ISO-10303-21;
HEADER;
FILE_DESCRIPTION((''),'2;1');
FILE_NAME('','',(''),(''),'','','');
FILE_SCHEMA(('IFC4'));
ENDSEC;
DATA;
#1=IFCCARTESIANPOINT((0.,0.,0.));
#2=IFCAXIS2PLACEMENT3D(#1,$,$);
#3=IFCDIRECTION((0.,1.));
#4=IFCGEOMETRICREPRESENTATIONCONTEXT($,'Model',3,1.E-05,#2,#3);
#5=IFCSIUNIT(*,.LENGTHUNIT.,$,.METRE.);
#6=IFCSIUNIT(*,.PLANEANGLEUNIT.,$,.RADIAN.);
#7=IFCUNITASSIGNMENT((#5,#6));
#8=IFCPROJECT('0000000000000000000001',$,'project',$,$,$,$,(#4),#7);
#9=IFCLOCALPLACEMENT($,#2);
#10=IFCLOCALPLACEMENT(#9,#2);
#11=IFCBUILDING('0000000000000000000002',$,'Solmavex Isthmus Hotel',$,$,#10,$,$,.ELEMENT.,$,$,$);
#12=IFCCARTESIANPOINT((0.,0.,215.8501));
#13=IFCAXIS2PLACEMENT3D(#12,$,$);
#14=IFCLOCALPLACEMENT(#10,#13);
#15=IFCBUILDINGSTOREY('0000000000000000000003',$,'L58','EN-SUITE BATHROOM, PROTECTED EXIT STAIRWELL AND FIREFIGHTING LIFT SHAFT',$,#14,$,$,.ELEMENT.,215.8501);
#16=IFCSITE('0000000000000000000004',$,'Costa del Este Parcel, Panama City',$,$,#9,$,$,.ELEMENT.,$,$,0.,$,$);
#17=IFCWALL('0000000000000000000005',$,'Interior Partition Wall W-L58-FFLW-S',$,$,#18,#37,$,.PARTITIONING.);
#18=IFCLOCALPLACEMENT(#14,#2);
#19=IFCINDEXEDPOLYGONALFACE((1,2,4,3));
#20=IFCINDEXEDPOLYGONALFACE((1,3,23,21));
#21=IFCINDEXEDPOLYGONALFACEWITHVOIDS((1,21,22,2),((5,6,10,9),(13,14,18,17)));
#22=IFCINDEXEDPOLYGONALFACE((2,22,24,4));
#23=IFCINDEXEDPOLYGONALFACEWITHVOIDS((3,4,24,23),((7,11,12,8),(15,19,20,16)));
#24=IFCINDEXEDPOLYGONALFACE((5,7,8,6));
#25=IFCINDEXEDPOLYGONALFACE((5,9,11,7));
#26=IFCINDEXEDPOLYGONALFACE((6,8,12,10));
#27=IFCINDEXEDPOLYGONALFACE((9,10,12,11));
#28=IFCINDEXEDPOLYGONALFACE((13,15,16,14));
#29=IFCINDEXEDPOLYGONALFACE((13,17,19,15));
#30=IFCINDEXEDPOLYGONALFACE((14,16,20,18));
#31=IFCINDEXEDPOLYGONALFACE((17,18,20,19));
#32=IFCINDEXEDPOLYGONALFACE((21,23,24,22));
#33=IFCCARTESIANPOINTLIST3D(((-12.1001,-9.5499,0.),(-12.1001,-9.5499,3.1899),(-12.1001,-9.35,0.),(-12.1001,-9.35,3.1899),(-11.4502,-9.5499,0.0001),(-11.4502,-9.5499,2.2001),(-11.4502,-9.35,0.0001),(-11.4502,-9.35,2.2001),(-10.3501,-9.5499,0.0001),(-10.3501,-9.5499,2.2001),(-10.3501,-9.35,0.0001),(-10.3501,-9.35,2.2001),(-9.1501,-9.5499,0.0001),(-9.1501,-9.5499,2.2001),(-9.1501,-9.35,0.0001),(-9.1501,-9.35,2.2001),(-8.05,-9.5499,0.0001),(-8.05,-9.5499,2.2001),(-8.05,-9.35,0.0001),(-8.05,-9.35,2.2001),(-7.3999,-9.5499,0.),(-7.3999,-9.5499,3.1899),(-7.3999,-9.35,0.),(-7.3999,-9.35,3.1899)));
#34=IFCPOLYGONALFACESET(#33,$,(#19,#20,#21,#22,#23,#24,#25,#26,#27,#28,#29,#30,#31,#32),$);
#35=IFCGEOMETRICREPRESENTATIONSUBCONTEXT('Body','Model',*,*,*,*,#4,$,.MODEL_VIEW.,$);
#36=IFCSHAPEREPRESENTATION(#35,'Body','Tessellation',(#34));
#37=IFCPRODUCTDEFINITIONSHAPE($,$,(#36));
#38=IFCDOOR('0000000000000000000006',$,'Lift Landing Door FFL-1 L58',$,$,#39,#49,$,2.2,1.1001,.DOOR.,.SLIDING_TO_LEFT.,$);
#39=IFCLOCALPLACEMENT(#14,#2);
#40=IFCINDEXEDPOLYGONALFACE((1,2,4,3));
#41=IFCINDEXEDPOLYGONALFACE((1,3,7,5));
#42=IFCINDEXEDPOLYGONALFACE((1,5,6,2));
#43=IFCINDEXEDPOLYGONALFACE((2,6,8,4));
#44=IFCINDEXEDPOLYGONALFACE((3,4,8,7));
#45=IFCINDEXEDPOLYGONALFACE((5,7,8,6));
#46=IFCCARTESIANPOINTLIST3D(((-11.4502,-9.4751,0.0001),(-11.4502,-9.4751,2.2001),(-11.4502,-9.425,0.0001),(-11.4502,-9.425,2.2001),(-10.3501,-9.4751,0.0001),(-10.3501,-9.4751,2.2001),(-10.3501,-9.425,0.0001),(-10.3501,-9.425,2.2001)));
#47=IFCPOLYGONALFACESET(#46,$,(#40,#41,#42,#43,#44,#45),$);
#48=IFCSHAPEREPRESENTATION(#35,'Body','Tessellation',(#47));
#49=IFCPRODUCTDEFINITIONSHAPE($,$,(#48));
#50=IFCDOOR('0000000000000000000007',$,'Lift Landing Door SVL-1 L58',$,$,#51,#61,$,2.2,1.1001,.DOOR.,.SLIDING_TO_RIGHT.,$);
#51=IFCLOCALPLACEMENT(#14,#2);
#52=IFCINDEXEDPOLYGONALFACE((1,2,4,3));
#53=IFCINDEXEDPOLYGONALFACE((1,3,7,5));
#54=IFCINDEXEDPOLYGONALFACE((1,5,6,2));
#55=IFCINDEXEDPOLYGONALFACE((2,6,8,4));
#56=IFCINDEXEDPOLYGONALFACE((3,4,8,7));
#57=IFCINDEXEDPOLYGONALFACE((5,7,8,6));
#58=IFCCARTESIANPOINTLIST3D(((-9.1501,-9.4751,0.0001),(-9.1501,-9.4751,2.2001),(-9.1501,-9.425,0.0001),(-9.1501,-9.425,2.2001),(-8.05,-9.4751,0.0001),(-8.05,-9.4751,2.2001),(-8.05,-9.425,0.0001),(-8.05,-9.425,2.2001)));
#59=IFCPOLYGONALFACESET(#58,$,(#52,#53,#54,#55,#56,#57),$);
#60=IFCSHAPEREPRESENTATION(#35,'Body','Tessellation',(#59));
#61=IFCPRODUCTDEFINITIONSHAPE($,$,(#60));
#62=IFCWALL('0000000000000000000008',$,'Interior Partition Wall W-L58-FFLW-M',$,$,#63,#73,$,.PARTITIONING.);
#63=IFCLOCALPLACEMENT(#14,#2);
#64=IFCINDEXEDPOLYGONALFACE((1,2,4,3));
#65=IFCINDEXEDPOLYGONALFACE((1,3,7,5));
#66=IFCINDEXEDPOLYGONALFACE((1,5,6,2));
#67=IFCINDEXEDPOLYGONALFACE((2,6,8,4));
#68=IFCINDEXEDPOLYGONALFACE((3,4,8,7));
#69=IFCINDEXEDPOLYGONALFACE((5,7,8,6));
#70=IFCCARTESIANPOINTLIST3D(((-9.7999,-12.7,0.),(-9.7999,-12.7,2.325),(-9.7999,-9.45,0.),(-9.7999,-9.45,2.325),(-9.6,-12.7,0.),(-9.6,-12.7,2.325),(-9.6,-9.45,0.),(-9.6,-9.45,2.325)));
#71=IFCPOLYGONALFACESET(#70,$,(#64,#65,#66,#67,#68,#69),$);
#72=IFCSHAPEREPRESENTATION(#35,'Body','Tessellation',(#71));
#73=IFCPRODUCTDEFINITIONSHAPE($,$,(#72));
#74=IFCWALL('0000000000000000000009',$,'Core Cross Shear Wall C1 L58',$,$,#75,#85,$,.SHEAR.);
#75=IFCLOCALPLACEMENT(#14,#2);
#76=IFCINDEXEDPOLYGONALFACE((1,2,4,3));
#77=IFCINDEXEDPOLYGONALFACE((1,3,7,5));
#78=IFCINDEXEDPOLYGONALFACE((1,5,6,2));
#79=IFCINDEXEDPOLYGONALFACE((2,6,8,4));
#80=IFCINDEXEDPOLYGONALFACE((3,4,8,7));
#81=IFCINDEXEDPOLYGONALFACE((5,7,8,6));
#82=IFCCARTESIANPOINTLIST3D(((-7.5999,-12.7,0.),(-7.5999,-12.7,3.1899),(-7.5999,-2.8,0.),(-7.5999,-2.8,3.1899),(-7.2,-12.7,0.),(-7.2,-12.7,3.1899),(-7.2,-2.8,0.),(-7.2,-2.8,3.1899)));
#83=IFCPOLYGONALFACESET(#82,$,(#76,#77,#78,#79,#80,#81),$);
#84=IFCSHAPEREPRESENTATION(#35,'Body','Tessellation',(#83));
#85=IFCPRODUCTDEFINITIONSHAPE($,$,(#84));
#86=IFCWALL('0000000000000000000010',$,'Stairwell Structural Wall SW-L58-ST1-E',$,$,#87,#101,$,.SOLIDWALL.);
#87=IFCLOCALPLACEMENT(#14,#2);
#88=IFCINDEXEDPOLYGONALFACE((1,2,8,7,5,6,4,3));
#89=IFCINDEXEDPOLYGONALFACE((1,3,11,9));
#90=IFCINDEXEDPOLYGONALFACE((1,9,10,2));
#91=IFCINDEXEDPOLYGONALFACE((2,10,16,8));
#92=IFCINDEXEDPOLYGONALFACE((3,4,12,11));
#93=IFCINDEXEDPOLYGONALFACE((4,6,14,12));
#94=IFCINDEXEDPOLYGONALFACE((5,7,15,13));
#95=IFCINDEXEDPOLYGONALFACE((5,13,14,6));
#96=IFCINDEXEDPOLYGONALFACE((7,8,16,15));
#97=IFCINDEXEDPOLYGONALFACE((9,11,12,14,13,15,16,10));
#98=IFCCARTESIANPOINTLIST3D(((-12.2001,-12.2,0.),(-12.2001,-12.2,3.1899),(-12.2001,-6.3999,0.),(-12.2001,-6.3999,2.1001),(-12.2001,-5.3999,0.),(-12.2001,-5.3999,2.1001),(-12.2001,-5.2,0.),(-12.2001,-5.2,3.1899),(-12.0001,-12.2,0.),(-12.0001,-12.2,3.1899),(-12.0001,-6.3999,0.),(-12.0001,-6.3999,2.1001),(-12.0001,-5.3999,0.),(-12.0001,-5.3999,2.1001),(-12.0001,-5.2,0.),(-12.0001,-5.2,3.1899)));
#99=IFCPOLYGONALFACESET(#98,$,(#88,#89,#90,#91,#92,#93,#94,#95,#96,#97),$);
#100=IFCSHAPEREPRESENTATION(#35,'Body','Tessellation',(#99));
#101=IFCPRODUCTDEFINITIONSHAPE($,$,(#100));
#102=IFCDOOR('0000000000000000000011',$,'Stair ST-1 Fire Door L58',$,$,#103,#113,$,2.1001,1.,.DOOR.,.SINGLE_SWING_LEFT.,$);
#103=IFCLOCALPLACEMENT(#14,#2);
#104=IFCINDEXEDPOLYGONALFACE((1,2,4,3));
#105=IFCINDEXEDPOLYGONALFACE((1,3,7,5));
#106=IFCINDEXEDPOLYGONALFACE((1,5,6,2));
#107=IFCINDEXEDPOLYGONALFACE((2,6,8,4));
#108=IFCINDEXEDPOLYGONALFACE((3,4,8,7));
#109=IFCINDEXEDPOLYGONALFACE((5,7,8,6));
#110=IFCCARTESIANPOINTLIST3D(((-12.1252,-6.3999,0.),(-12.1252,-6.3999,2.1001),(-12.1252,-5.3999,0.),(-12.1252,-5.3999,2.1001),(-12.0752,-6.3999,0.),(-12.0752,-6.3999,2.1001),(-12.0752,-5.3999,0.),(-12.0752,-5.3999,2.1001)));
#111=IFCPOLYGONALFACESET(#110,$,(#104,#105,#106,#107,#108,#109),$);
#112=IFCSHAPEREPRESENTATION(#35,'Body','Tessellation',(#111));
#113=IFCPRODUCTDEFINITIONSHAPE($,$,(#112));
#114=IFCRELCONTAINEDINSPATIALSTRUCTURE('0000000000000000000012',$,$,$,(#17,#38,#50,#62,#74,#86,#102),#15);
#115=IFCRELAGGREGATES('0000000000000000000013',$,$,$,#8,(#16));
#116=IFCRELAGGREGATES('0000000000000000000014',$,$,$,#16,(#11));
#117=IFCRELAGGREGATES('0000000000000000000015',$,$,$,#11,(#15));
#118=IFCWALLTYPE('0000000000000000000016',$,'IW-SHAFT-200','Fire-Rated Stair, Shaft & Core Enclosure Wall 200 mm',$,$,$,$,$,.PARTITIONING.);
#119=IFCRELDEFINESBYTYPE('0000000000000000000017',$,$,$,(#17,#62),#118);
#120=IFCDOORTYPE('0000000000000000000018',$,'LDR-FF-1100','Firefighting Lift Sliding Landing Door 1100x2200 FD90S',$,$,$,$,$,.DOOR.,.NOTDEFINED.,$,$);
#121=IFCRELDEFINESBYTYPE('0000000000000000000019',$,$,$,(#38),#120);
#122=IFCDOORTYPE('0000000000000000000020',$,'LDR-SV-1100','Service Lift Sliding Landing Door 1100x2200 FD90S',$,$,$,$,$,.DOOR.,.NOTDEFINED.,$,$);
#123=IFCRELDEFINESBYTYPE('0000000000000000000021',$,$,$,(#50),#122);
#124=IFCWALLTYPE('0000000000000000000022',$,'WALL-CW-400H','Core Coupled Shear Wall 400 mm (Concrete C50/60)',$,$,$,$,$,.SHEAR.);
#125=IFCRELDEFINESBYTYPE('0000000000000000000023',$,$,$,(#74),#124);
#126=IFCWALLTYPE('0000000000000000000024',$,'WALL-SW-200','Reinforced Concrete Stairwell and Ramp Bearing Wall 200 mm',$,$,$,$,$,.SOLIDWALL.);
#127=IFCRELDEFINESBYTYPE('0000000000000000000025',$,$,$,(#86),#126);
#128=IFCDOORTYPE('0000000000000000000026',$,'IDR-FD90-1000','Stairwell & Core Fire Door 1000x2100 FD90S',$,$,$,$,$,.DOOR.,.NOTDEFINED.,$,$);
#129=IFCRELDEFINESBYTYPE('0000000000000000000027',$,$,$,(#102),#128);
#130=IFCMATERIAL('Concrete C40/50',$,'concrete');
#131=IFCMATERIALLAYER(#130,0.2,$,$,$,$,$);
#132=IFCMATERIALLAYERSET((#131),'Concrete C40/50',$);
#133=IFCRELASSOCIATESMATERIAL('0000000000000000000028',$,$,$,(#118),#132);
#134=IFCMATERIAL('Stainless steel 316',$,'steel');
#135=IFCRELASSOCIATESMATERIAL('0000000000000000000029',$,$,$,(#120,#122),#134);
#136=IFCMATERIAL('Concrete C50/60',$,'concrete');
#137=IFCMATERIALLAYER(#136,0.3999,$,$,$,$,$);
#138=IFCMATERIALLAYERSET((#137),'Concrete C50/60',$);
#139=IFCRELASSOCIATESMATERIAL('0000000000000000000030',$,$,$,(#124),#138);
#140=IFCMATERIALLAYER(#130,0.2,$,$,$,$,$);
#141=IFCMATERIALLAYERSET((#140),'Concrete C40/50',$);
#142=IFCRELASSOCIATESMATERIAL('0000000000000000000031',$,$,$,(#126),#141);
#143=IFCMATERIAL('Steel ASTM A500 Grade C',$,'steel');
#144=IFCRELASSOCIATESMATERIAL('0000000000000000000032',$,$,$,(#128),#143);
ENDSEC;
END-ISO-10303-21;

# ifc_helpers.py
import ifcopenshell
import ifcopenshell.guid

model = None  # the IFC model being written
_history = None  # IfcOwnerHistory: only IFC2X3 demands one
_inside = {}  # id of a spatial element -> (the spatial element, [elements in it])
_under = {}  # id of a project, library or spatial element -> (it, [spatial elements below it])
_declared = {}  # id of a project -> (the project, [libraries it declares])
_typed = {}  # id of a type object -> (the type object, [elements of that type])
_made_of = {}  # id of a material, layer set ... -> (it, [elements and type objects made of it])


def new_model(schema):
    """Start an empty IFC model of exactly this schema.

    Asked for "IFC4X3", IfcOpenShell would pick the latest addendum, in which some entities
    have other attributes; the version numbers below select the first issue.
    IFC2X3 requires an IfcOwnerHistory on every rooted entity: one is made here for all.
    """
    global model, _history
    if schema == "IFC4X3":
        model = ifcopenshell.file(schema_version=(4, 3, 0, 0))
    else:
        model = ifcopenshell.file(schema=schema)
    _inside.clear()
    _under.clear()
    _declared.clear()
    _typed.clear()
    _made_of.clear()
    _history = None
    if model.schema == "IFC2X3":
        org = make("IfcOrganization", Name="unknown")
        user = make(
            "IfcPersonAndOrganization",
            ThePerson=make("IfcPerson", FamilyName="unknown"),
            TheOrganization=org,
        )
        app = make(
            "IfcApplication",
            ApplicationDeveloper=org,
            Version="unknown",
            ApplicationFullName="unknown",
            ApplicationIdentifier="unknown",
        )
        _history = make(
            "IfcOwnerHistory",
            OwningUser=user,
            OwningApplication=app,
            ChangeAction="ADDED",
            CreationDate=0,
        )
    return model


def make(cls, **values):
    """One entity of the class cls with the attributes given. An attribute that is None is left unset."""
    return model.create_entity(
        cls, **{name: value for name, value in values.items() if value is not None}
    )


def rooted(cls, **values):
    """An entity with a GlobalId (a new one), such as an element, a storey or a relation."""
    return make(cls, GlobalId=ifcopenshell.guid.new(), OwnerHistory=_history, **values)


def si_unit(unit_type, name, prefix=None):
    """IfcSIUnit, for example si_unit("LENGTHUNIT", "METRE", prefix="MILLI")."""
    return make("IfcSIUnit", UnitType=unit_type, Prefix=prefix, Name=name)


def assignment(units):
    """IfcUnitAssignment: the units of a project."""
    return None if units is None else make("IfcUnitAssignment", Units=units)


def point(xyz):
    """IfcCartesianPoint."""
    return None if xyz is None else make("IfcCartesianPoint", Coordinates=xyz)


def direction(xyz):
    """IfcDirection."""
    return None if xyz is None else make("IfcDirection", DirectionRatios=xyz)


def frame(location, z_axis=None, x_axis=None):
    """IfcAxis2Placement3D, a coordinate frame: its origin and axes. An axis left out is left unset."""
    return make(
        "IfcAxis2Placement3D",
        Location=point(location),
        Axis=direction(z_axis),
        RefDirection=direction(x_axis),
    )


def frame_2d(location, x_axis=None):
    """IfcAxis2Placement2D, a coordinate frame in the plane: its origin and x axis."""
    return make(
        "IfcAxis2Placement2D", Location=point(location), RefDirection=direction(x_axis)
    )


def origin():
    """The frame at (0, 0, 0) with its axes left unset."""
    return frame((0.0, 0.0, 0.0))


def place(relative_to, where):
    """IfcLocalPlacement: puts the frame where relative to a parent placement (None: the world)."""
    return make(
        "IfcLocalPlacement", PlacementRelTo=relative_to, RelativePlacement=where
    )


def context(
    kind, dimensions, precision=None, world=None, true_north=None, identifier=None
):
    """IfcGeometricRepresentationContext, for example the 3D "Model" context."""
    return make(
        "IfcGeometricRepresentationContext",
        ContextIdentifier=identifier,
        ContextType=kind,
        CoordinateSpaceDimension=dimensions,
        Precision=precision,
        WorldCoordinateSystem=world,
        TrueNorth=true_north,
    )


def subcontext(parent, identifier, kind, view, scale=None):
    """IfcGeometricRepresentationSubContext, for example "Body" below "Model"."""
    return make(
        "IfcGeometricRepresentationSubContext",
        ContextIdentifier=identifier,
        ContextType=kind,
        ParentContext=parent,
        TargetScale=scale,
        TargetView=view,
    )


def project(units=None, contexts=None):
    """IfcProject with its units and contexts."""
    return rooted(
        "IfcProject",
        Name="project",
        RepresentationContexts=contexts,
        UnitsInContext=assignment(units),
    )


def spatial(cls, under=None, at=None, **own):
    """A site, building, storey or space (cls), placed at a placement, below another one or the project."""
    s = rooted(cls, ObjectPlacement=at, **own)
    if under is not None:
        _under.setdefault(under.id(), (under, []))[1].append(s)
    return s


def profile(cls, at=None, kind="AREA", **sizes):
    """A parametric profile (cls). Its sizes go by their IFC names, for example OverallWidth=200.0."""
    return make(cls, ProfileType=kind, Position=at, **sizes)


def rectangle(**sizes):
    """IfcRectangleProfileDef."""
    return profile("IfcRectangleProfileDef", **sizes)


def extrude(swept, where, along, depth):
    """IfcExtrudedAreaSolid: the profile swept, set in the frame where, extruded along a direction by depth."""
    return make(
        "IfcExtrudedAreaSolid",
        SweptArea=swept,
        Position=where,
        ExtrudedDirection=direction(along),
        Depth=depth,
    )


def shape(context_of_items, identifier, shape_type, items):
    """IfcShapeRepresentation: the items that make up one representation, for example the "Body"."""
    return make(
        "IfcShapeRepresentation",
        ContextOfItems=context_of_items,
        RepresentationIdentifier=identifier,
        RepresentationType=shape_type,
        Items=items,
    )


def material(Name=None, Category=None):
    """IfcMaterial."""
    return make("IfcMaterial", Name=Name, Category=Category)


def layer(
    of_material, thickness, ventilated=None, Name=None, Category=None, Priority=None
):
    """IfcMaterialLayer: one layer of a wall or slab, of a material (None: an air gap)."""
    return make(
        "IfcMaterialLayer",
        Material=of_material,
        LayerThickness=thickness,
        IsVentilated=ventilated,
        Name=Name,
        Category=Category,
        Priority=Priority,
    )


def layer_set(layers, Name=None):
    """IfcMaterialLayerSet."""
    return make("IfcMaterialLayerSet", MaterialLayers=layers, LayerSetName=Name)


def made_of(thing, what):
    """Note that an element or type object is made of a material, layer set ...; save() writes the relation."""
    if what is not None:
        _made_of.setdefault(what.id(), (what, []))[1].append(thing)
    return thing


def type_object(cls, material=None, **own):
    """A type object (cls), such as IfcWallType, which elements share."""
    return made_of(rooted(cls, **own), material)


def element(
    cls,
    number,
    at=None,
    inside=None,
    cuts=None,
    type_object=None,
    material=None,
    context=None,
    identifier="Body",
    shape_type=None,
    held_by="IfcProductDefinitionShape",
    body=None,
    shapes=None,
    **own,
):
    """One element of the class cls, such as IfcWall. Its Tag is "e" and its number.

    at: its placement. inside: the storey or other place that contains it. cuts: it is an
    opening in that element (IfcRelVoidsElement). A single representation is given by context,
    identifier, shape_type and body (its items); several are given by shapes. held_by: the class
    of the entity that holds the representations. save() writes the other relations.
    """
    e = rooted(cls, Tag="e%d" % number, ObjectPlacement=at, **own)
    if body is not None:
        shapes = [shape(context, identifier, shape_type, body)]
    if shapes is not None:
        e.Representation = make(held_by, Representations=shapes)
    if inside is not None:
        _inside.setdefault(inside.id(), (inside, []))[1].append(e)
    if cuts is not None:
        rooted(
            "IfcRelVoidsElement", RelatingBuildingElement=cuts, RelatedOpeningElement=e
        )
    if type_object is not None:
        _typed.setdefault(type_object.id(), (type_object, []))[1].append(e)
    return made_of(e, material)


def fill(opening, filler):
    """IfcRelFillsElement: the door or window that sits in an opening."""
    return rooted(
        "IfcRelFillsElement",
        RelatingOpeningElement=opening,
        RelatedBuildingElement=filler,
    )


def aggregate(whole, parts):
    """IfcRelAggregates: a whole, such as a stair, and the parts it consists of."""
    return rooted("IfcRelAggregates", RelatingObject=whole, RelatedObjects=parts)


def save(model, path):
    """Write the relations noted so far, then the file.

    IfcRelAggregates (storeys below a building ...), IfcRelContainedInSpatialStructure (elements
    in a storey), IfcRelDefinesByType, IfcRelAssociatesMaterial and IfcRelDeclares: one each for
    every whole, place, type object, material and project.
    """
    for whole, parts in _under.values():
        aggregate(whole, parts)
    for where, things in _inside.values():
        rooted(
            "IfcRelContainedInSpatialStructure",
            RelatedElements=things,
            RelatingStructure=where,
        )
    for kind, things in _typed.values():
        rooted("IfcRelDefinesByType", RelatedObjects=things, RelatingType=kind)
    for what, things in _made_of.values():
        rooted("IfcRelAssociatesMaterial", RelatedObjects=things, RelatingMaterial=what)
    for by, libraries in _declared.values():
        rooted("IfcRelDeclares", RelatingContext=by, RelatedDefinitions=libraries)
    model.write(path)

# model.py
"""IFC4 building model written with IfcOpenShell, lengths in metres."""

from ifc_helpers import new_model, si_unit, direction, frame, frame_2d, origin, place, context, subcontext, project, spatial, rectangle, extrude, material, layer, layer_set, type_object, element, fill, save


model = new_model("IFC4")

# Units and contexts
model_context = context("Model", 3, precision=1e-05, world=origin(), true_north=direction((0.0, 1.0)))
body_context = subcontext(model_context, "Body", "Model", "MODEL_VIEW")
ifc_project = project(units=[si_unit("LENGTHUNIT", "METRE"), si_unit("PLANEANGLEUNIT", "RADIAN")], contexts=[model_context])

# Site, building, storey
site_placement = place(None, origin())
site = spatial("IfcSite", under=ifc_project, at=site_placement, Name="Costa del Este Parcel, Panama City", CompositionType="ELEMENT", RefElevation=0.0)
building_placement = place(site_placement, origin())
building = spatial("IfcBuilding", under=site, at=building_placement, Name="Solmavex Isthmus Hotel", CompositionType="ELEMENT")
storey_placement = place(building_placement, frame((0.0, 0.0, 215.8501)))
storey = spatial("IfcBuildingStorey", under=building, at=storey_placement, Name="L58", Description="EN-SUITE BATHROOM, PROTECTED EXIT STAIRWELL AND FIREFIGHTING LIFT SHAFT", CompositionType="ELEMENT", Elevation=215.8501)

# Shared definitions
ifc_material_1 = material(Name="Concrete C50/60", Category="concrete")

# Wall, openings, doors
ifc_material_2 = material(Name="Concrete C40/50", Category="concrete")
ifc_layer_1 = layer(ifc_material_2, 0.2)
ifc_layer_set_1 = layer_set([ifc_layer_1], Name="Concrete C40/50")
wall_type_1 = type_object("IfcWallType", Name="IW-SHAFT-200", Description="Fire-Rated Stair, Shaft & Core Enclosure Wall 200 mm", PredefinedType="PARTITIONING", material=ifc_layer_set_1)
wall_1_placement = place(storey_placement, frame((-12.1001, -9.45, 0.0), z_axis=(0.0, 0.0, 1.0), x_axis=(1.0, 0.0, 0.0)))
wall_1 = element("IfcWall", 1, at=wall_1_placement, inside=storey, type_object=wall_type_1, Name="Interior Partition Wall W-L58-FFLW-S", PredefinedType="PARTITIONING", context=body_context, shape_type="SweptSolid", body=[
    extrude(rectangle(XDim=4.7002, YDim=0.2, at=frame_2d((2.3501, 0.0))), origin(), (0.0, 0.0, 1.0), 3.1899),
])
opening_1_placement = place(wall_1_placement, frame((0.6499, 0.0, 0.0)))
opening_1 = element("IfcOpeningElement", 2, at=opening_1_placement, cuts=wall_1, PredefinedType="OPENING", context=body_context, shape_type="SweptSolid", body=[
    extrude(rectangle(XDim=1.1001, YDim=2.2, at=frame_2d((0.55, 1.1001))), frame((0.0, 0.1099, 0.0), z_axis=(0.0, -1.0, 0.0), x_axis=(1.0, 0.0, 0.0)), (0.0, 0.0, 1.0), 0.22),
])
opening_2_placement = place(wall_1_placement, frame((2.95, 0.0, 0.0)))
opening_2 = element("IfcOpeningElement", 3, at=opening_2_placement, cuts=wall_1, PredefinedType="OPENING", context=body_context, shape_type="SweptSolid", body=[
    extrude(rectangle(XDim=1.1001, YDim=2.2, at=frame_2d((0.55, 1.1001))), frame((0.0, 0.1099, 0.0), z_axis=(0.0, -1.0, 0.0), x_axis=(1.0, 0.0, 0.0)), (0.0, 0.0, 1.0), 0.22),
])
ifc_material_3 = material(Name="Stainless steel 316", Category="steel")
door_type_1 = type_object("IfcDoorType", Name="LDR-FF-1100", Description="Firefighting Lift Sliding Landing Door 1100x2200 FD90S", OperationType="NOTDEFINED", PredefinedType="DOOR", material=ifc_material_3)
door_1_placement = place(opening_1_placement, origin())
door_1 = element("IfcDoor", 4, at=door_1_placement, inside=storey, type_object=door_type_1, Name="Lift Landing Door FFL-1 L58", OperationType="SLIDING_TO_LEFT", OverallHeight=2.2, OverallWidth=1.1001, PredefinedType="DOOR", context=body_context, shape_type="SweptSolid", body=[
    extrude(rectangle(XDim=1.1001, YDim=2.2, at=frame_2d((0.55, 1.1001))), frame((0.0, 0.0249, 0.0), z_axis=(0.0, -1.0, 0.0), x_axis=(1.0, 0.0, 0.0)), (0.0, 0.0, 1.0), 0.05),
])
fill(opening_1, door_1)
door_type_2 = type_object("IfcDoorType", Name="LDR-SV-1100", Description="Service Lift Sliding Landing Door 1100x2200 FD90S", OperationType="NOTDEFINED", PredefinedType="DOOR", material=ifc_material_3)
door_2_placement = place(opening_2_placement, origin())
door_2 = element("IfcDoor", 5, at=door_2_placement, inside=storey, type_object=door_type_2, Name="Lift Landing Door SVL-1 L58", OperationType="SLIDING_TO_RIGHT", OverallHeight=2.2, OverallWidth=1.1001, PredefinedType="DOOR", context=body_context, shape_type="SweptSolid", body=[
    extrude(rectangle(XDim=1.1001, YDim=2.2, at=frame_2d((0.55, 1.1001))), frame((0.0, 0.0249, 0.0), z_axis=(0.0, -1.0, 0.0), x_axis=(1.0, 0.0, 0.0)), (0.0, 0.0, 1.0), 0.05),
])
fill(opening_2, door_2)

# Walls
wall_2_placement = place(storey_placement, frame((-9.7, -12.7, 0.0), z_axis=(0.0, 0.0, 1.0), x_axis=(0.0, 1.0, 0.0)))
element("IfcWall", 6, at=wall_2_placement, inside=storey, type_object=wall_type_1, Name="Interior Partition Wall W-L58-FFLW-M", PredefinedType="PARTITIONING", context=body_context, shape_type="SweptSolid", body=[
    extrude(rectangle(XDim=3.25, YDim=0.2, at=frame_2d((1.625, 0.0))), origin(), (0.0, 0.0, 1.0), 2.325),
])
ifc_layer_2 = layer(ifc_material_1, 0.3999)
ifc_layer_set_2 = layer_set([ifc_layer_2], Name="Concrete C50/60")
wall_type_2 = type_object("IfcWallType", Name="WALL-CW-400H", Description="Core Coupled Shear Wall 400 mm (Concrete C50/60)", PredefinedType="SHEAR", material=ifc_layer_set_2)
wall_3_placement = place(storey_placement, frame((-7.3999, -12.7, 0.0), z_axis=(0.0, 0.0, 1.0), x_axis=(0.0, 1.0, 0.0)))
element("IfcWall", 7, at=wall_3_placement, inside=storey, type_object=wall_type_2, Name="Core Cross Shear Wall C1 L58", PredefinedType="SHEAR", context=body_context, shape_type="SweptSolid", body=[
    extrude(rectangle(XDim=9.8999, YDim=0.3999, at=frame_2d((4.95, 0.0))), origin(), (0.0, 0.0, 1.0), 3.1899),
])

# Wall, opening, door
ifc_layer_3 = layer(ifc_material_2, 0.2)
ifc_layer_set_3 = layer_set([ifc_layer_3], Name="Concrete C40/50")
wall_type_3 = type_object("IfcWallType", Name="WALL-SW-200", Description="Reinforced Concrete Stairwell and Ramp Bearing Wall 200 mm", PredefinedType="SOLIDWALL", material=ifc_layer_set_3)
wall_4_placement = place(storey_placement, frame((-12.1001, -12.2, 0.0), z_axis=(0.0, 0.0, 1.0), x_axis=(0.0, 1.0, 0.0)))
wall_4 = element("IfcWall", 8, at=wall_4_placement, inside=storey, type_object=wall_type_3, Name="Stairwell Structural Wall SW-L58-ST1-E", PredefinedType="SOLIDWALL", context=body_context, shape_type="SweptSolid", body=[
    extrude(rectangle(XDim=7.0, YDim=0.2, at=frame_2d((3.5, 0.0))), origin(), (0.0, 0.0, 1.0), 3.1899),
])
opening_3_placement = place(wall_4_placement, frame((5.8, 0.0, 0.0)))
opening_3 = element("IfcOpeningElement", 9, at=opening_3_placement, cuts=wall_4, PredefinedType="OPENING", context=body_context, shape_type="SweptSolid", body=[
    extrude(rectangle(XDim=1.0, YDim=2.1001, at=frame_2d((0.5, 1.05))), frame((0.0, 0.1099, 0.0), z_axis=(0.0, -1.0, 0.0), x_axis=(1.0, 0.0, 0.0)), (0.0, 0.0, 1.0), 0.22),
])
ifc_material_4 = material(Name="Steel ASTM A500 Grade C", Category="steel")
door_type_3 = type_object("IfcDoorType", Name="IDR-FD90-1000", Description="Stairwell & Core Fire Door 1000x2100 FD90S", OperationType="NOTDEFINED", PredefinedType="DOOR", material=ifc_material_4)
door_3_placement = place(opening_3_placement, frame((1.0, 0.0, 0.0), z_axis=(0.0, 0.0, 1.0), x_axis=(-1.0, 0.0, 0.0)))
door_3 = element("IfcDoor", 10, at=door_3_placement, inside=storey, type_object=door_type_3, Name="Stair ST-1 Fire Door L58", OperationType="SINGLE_SWING_LEFT", OverallHeight=2.1001, OverallWidth=1.0, PredefinedType="DOOR", context=body_context, shape_type="SweptSolid", body=[
    extrude(rectangle(XDim=1.0, YDim=2.1001, at=frame_2d((0.5, 1.05))), frame((0.0, 0.0249, 0.0), z_axis=(0.0, -1.0, 0.0), x_axis=(1.0, 0.0, 0.0)), (0.0, 0.0, 1.0), 0.05),
])
fill(opening_3, door_3)

save(model, "model.ifc")
